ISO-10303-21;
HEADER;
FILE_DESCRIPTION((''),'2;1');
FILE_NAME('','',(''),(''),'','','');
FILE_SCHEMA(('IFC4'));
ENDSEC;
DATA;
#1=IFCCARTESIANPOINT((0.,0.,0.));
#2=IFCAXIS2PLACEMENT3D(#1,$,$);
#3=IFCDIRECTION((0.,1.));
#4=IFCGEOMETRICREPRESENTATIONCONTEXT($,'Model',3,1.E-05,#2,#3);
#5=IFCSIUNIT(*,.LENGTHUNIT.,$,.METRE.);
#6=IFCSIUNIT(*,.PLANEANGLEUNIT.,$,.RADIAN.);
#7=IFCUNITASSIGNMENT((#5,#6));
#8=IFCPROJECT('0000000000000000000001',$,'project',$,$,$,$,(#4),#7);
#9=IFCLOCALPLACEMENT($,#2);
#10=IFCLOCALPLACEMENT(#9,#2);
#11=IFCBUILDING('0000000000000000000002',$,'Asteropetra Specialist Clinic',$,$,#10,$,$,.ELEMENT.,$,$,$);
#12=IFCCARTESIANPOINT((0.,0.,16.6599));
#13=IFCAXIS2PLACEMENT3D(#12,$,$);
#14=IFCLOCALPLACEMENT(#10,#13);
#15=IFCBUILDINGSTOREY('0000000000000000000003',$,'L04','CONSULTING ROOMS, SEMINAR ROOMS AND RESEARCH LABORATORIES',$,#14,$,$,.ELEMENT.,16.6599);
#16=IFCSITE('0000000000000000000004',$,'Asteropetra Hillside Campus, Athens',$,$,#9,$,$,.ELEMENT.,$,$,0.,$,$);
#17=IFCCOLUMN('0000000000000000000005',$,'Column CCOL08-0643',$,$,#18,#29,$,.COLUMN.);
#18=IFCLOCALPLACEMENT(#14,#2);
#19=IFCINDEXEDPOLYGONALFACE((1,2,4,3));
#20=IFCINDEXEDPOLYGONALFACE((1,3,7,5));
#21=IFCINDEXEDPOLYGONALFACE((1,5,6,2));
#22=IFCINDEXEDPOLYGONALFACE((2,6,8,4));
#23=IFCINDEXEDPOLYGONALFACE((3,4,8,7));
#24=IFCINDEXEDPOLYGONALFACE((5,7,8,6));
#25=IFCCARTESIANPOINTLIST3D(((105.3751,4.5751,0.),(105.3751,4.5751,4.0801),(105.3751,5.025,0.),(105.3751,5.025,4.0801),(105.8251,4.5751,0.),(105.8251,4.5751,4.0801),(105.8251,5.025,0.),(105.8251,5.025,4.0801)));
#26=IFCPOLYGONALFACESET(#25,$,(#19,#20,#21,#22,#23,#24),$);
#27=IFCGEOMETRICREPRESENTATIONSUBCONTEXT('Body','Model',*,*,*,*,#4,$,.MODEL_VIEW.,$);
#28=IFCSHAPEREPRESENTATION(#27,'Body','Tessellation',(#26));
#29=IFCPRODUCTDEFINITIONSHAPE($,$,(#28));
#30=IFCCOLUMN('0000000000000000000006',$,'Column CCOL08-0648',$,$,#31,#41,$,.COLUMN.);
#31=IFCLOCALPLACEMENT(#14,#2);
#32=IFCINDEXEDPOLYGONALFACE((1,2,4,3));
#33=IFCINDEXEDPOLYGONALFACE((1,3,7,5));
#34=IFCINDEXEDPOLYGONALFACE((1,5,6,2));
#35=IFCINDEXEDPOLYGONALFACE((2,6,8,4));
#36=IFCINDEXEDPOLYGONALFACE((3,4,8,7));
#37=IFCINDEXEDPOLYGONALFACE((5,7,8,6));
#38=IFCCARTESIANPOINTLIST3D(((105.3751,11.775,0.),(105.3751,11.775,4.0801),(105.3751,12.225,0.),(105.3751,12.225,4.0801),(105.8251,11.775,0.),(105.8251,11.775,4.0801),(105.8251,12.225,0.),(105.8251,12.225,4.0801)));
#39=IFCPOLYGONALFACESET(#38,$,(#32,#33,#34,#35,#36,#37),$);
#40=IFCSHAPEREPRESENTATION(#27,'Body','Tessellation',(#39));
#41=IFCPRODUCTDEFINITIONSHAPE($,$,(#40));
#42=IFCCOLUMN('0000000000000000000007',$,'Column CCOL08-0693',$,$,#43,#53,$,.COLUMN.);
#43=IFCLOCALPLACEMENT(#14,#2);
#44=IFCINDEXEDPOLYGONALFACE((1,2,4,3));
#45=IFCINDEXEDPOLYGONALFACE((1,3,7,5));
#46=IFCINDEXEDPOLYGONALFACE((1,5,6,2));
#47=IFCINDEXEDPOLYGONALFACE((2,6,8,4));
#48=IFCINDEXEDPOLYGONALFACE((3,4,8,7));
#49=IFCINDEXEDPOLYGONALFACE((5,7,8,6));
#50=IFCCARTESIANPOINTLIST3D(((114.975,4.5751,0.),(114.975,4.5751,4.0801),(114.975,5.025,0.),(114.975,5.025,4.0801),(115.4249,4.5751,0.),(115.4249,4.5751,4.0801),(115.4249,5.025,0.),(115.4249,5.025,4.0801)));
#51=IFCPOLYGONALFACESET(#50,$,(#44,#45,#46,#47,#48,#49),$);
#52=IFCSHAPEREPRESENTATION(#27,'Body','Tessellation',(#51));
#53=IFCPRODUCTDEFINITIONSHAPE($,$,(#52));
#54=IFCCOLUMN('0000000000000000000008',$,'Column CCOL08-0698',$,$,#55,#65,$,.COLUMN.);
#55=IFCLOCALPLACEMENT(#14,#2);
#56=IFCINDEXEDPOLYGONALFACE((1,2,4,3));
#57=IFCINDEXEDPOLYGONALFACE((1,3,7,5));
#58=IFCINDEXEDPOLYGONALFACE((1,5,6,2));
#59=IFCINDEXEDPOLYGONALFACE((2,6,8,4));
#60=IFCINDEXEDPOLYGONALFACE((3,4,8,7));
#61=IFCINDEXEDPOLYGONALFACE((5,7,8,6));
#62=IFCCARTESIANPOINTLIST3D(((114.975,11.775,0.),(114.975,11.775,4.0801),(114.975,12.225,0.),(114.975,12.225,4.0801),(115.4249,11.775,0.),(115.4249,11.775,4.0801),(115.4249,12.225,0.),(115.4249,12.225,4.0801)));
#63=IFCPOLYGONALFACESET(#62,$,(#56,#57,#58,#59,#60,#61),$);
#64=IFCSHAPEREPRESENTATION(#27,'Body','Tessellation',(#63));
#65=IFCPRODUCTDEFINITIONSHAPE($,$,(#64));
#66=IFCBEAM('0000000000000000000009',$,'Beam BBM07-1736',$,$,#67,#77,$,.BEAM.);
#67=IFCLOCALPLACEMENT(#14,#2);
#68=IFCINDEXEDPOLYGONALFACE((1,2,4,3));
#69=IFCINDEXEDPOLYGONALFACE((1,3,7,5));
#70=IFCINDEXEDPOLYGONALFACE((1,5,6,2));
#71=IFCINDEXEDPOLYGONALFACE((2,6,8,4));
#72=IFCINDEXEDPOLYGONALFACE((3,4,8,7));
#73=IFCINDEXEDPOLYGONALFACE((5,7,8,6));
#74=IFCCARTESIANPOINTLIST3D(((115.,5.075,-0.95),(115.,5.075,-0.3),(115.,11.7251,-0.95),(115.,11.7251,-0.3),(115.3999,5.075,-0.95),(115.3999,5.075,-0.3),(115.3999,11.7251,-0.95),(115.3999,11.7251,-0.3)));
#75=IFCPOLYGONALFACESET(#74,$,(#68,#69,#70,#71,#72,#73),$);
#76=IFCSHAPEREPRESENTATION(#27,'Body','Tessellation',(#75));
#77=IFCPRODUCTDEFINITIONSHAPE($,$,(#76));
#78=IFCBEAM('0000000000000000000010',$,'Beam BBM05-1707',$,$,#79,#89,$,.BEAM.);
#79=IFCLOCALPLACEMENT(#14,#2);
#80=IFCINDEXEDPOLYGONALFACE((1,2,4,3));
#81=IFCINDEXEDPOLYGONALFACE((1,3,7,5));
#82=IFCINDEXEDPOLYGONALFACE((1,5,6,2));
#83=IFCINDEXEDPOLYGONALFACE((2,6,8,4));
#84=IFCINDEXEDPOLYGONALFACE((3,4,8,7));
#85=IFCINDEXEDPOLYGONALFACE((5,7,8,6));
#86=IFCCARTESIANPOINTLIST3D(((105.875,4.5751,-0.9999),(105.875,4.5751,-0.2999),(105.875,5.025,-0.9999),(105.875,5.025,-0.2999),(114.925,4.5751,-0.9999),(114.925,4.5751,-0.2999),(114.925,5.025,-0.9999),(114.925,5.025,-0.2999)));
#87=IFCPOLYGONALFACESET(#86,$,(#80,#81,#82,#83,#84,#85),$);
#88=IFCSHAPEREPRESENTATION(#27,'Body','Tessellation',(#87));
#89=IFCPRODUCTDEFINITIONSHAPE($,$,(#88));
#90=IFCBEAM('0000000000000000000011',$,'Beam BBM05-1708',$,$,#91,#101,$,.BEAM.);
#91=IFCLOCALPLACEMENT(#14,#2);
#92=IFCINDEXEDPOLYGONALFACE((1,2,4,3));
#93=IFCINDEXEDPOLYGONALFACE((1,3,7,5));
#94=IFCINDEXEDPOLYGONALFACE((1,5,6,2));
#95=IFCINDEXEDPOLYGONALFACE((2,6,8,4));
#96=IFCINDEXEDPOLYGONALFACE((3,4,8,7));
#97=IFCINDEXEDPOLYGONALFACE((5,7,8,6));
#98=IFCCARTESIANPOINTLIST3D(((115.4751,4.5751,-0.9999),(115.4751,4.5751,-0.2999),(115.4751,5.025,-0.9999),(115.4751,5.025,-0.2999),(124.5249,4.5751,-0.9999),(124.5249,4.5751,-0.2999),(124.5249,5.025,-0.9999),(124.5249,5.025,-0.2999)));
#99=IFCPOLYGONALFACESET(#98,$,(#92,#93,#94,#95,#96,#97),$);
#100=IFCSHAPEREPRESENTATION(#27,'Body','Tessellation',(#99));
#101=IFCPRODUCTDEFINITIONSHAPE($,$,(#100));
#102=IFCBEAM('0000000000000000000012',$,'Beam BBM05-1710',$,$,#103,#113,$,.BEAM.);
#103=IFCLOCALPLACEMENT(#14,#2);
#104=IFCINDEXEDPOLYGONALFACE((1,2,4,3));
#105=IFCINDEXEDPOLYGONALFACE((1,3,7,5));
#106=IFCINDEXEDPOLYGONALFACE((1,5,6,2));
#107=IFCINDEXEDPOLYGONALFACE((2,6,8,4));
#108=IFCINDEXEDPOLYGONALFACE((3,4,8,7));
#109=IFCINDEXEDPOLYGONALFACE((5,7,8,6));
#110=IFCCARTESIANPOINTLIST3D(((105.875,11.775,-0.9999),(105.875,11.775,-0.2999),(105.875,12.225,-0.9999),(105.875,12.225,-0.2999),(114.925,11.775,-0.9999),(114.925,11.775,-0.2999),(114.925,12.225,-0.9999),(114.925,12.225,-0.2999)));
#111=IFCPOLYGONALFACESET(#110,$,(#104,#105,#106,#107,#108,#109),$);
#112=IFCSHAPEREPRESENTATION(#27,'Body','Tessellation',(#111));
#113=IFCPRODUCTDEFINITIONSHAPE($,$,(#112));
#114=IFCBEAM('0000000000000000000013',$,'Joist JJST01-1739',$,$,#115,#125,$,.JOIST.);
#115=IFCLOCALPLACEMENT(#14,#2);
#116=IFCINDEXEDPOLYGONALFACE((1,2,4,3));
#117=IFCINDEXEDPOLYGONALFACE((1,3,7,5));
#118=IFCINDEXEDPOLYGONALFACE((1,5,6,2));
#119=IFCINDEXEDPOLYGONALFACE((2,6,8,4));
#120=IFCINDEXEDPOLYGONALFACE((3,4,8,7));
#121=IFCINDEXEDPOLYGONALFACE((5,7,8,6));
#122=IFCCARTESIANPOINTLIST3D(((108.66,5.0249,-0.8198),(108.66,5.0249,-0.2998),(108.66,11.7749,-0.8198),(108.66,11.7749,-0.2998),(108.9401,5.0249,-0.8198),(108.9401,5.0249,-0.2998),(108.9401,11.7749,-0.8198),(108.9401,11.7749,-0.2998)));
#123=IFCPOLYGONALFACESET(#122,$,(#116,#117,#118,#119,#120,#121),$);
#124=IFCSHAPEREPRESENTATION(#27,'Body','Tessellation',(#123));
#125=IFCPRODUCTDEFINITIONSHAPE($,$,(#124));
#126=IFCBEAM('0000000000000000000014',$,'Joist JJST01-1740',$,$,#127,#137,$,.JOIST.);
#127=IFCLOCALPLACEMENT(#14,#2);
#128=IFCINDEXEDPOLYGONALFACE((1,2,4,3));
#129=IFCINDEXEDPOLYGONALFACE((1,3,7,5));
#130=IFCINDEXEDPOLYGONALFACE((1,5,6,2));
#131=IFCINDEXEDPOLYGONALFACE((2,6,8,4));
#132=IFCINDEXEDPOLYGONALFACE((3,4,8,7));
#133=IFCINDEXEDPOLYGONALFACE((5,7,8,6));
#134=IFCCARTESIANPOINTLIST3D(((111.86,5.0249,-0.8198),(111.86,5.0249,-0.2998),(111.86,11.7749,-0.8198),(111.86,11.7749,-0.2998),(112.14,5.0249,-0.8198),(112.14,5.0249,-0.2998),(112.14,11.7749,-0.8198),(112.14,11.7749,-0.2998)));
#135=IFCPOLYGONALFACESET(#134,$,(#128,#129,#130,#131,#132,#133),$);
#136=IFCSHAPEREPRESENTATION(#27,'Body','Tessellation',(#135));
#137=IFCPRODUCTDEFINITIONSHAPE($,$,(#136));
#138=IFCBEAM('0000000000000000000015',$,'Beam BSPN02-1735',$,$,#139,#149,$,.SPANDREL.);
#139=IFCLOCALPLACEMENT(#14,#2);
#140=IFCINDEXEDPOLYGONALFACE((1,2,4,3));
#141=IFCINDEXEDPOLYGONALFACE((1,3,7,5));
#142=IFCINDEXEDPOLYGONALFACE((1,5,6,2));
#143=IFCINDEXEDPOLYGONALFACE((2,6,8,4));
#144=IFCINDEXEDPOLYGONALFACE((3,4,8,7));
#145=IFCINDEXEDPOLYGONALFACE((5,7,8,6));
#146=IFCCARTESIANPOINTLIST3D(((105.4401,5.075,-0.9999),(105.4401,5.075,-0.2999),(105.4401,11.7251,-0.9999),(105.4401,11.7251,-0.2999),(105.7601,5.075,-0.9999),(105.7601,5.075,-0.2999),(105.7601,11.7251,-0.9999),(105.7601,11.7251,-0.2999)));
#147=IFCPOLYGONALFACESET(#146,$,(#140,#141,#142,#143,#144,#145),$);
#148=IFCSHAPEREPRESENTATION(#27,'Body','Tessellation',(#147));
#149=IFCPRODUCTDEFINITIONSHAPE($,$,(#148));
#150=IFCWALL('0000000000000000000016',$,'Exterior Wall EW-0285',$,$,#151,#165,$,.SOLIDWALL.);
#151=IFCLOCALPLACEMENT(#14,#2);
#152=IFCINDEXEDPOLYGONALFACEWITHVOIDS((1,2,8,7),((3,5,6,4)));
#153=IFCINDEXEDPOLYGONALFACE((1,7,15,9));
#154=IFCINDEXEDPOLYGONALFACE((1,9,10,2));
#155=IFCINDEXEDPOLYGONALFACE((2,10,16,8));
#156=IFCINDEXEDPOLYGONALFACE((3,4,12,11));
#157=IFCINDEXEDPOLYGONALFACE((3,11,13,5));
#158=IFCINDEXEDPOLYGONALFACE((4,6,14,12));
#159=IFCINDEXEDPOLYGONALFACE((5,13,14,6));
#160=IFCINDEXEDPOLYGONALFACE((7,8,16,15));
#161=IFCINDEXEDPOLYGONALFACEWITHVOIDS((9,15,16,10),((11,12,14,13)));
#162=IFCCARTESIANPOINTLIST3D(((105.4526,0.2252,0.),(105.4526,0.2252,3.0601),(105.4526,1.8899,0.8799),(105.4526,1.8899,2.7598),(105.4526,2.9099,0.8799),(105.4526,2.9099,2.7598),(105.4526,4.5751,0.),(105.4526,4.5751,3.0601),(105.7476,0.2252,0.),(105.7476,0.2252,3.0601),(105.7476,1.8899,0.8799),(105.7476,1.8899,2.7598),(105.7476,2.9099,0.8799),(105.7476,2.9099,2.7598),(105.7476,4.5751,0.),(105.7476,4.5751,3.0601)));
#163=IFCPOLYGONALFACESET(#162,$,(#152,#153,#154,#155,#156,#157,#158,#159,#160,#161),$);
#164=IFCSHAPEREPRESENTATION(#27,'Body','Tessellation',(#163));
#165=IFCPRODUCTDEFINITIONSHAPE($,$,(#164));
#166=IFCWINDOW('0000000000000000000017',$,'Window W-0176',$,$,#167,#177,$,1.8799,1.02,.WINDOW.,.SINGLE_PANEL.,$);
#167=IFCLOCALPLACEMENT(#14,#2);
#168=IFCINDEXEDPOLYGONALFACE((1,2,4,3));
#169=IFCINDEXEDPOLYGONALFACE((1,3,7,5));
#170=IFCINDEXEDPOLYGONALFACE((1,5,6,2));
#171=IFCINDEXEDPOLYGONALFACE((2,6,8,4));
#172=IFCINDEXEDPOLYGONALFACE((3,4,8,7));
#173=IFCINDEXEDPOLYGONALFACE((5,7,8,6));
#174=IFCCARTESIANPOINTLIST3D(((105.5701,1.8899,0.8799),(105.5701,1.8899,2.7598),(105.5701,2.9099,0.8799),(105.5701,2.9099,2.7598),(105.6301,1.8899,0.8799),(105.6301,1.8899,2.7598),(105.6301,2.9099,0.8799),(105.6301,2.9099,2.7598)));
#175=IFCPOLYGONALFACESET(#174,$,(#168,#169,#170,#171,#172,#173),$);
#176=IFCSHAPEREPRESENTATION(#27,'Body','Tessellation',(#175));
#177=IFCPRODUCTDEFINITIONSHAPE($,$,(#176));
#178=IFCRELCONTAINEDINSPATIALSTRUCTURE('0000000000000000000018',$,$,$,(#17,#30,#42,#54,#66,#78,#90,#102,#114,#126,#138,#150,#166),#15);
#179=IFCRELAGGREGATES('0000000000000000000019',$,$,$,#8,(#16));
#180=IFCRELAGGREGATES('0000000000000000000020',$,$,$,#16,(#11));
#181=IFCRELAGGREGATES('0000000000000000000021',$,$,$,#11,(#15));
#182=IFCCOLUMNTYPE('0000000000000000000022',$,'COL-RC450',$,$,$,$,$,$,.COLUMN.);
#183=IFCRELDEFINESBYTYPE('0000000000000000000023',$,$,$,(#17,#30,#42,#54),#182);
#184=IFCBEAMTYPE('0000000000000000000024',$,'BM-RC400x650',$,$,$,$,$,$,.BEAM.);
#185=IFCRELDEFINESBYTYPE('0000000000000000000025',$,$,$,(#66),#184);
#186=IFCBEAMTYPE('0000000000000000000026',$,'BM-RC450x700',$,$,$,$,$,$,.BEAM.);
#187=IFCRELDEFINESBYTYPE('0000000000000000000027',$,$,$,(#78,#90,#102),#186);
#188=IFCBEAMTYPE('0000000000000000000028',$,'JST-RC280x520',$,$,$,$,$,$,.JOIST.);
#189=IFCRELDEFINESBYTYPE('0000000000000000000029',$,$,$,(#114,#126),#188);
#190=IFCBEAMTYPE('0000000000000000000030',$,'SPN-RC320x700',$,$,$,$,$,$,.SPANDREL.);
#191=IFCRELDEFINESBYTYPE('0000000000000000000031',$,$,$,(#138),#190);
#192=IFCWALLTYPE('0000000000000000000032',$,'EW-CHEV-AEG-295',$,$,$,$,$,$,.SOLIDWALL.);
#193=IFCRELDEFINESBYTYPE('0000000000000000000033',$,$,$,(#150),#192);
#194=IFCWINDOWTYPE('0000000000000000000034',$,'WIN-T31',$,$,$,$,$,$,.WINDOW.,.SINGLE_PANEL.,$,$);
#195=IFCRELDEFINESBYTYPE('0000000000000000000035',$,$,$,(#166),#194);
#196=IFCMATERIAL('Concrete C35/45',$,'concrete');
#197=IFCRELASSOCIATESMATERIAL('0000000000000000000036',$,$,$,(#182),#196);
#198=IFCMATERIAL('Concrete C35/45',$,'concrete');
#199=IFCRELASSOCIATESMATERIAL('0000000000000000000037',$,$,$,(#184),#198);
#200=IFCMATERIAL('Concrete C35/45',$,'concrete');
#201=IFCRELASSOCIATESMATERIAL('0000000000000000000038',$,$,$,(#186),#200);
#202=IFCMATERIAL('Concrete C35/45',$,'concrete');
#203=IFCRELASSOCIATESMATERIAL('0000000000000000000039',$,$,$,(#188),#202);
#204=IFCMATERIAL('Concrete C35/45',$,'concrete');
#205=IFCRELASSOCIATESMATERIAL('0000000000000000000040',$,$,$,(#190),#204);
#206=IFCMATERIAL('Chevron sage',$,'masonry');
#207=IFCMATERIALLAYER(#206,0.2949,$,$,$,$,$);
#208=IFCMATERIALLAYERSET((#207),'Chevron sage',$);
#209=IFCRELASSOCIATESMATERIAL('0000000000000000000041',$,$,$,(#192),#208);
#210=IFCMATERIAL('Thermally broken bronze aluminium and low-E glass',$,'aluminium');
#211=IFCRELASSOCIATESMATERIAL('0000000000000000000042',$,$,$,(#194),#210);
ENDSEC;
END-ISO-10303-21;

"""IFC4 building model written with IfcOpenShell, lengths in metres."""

from ifc_helpers import new_model, si_unit, direction, frame, frame_2d, origin, origin_2d, place, context, subcontext, project, spatial, rectangle, extrude, material, layer, layer_set, material_profile, profile_set, type_object, element, fill, save


model = new_model("IFC4")

# Units and contexts
model_context = context("Model", 3, precision=1e-05, world=origin(), true_north=direction((0.0, 1.0)))
body_context = subcontext(model_context, "Body", "Model", "MODEL_VIEW")
ifc_project = project(units=[si_unit("LENGTHUNIT", "METRE"), si_unit("PLANEANGLEUNIT", "RADIAN")], contexts=[model_context])

# Site, building, storey
site_placement = place(None, origin())
site = spatial("IfcSite", under=ifc_project, at=site_placement, Name="Asteropetra Hillside Campus, Athens", CompositionType="ELEMENT", RefElevation=0.0)
building_placement = place(site_placement, origin())
building = spatial("IfcBuilding", under=site, at=building_placement, Name="Asteropetra Specialist Clinic", CompositionType="ELEMENT")
storey_placement = place(building_placement, frame((0.0, 0.0, 16.6599)))
storey = spatial("IfcBuildingStorey", under=building, at=storey_placement, Name="L04", Description="CONSULTING ROOMS, SEMINAR ROOMS AND RESEARCH LABORATORIES", CompositionType="ELEMENT", Elevation=16.6599)

# Columns
ifc_material_1 = material(Name="Concrete C35/45", Category="concrete")
ifc_material_profile_1 = material_profile(ifc_material_1, rectangle(XDim=0.45, YDim=0.45, at=origin_2d()), Name="RC 450x450")
ifc_profile_set_1 = profile_set([ifc_material_profile_1], Name="Concrete C35/45")
column_type = type_object("IfcColumnType", Name="COL-RC450", PredefinedType="COLUMN", material=ifc_profile_set_1)
for number, where, z_axis, x_axis, name in (
    (1, (105.6001, 4.8, 0.0), (0.0, 0.0, 1.0), (1.0, 0.0, 0.0), "Column CCOL08-0643"),
    (2, (105.6001, 12.0, 0.0), (0.0, 0.0, 1.0), (1.0, 0.0, 0.0), "Column CCOL08-0648"),
    (3, (115.2, 4.8, 0.0), (0.0, 0.0, 1.0), (1.0, 0.0, 0.0), "Column CCOL08-0693"),
    (4, (115.2, 12.0, 0.0), (0.0, 0.0, 1.0), (1.0, 0.0, 0.0), "Column CCOL08-0698"),
):
    element("IfcColumn", number, at=place(storey_placement, frame(where, z_axis=z_axis, x_axis=x_axis)), inside=storey, type_object=column_type, Name=name, PredefinedType="COLUMN", context=body_context, shape_type="SweptSolid", body=[
        extrude(rectangle(XDim=0.45, YDim=0.45, at=origin_2d()), origin(), (0.0, 0.0, 1.0), 4.0801),
    ])

# Beams
ifc_material_2 = material(Name="Concrete C35/45", Category="concrete")
ifc_material_profile_2 = material_profile(ifc_material_2, rectangle(XDim=0.3999, YDim=0.6499, at=origin_2d()), Name="RCB 400x650")
ifc_profile_set_2 = profile_set([ifc_material_profile_2], Name="Concrete C35/45")
beam_type_1 = type_object("IfcBeamType", Name="BM-RC400x650", PredefinedType="BEAM", material=ifc_profile_set_2)
beam_1_placement = place(storey_placement, frame((115.2, 5.075, -0.625), z_axis=(0.0, 1.0, 0.0), x_axis=(-1.0, 0.0, 0.0)))
element("IfcBeam", 5, at=beam_1_placement, inside=storey, type_object=beam_type_1, Name="Beam BBM07-1736", PredefinedType="BEAM", context=body_context, shape_type="SweptSolid", body=[
    extrude(rectangle(XDim=0.3999, YDim=0.6499, at=origin_2d()), origin(), (0.0, 0.0, 1.0), 6.6501),
])
ifc_material_3 = material(Name="Concrete C35/45", Category="concrete")
ifc_material_profile_3 = material_profile(ifc_material_3, rectangle(XDim=0.45, YDim=0.7, at=origin_2d()), Name="RCB 450x700")
ifc_profile_set_3 = profile_set([ifc_material_profile_3], Name="Concrete C35/45")
beam_type_2 = type_object("IfcBeamType", Name="BM-RC450x700", PredefinedType="BEAM", material=ifc_profile_set_3)
beam_2_placement = place(storey_placement, frame((105.875, 4.8, -0.6499), z_axis=(1.0, 0.0, 0.0), x_axis=(0.0, 1.0, 0.0)))
element("IfcBeam", 6, at=beam_2_placement, inside=storey, type_object=beam_type_2, Name="Beam BBM05-1707", PredefinedType="BEAM", context=body_context, shape_type="SweptSolid", body=[
    extrude(rectangle(XDim=0.45, YDim=0.7, at=origin_2d()), origin(), (0.0, 0.0, 1.0), 9.05),
])
beam_3_placement = place(storey_placement, frame((115.4751, 4.8, -0.6499), z_axis=(1.0, 0.0, 0.0), x_axis=(0.0, 1.0, 0.0)))
element("IfcBeam", 7, at=beam_3_placement, inside=storey, type_object=beam_type_2, Name="Beam BBM05-1708", PredefinedType="BEAM", context=body_context, shape_type="SweptSolid", body=[
    extrude(rectangle(XDim=0.45, YDim=0.7, at=origin_2d()), origin(), (0.0, 0.0, 1.0), 9.0498),
])
beam_4_placement = place(storey_placement, frame((105.875, 12.0, -0.6499), z_axis=(1.0, 0.0, 0.0), x_axis=(0.0, 1.0, 0.0)))
element("IfcBeam", 8, at=beam_4_placement, inside=storey, type_object=beam_type_2, Name="Beam BBM05-1710", PredefinedType="BEAM", context=body_context, shape_type="SweptSolid", body=[
    extrude(rectangle(XDim=0.45, YDim=0.7, at=origin_2d()), origin(), (0.0, 0.0, 1.0), 9.05),
])
ifc_material_4 = material(Name="Concrete C35/45", Category="concrete")
ifc_material_profile_4 = material_profile(ifc_material_4, rectangle(XDim=0.28, YDim=0.52, at=origin_2d()), Name="RCJ 280x520")
ifc_profile_set_4 = profile_set([ifc_material_profile_4], Name="Concrete C35/45")
beam_type_3 = type_object("IfcBeamType", Name="JST-RC280x520", PredefinedType="JOIST", material=ifc_profile_set_4)
for number, where, z_axis, x_axis, name in (
    (9, (108.8, 5.0249, -0.5598), (0.0, 1.0, 0.0), (-1.0, 0.0, 0.0), "Joist JJST01-1739"),
    (10, (112.0, 5.0249, -0.5598), (0.0, 1.0, 0.0), (-1.0, 0.0, 0.0), "Joist JJST01-1740"),
):
    element("IfcBeam", number, at=place(storey_placement, frame(where, z_axis=z_axis, x_axis=x_axis)), inside=storey, type_object=beam_type_3, Name=name, PredefinedType="JOIST", context=body_context, shape_type="SweptSolid", body=[
        extrude(rectangle(XDim=0.28, YDim=0.52, at=origin_2d()), origin(), (0.0, 0.0, 1.0), 6.75),
    ])
ifc_material_5 = material(Name="Concrete C35/45", Category="concrete")
ifc_material_profile_5 = material_profile(ifc_material_5, rectangle(XDim=0.3201, YDim=0.7, at=origin_2d()), Name="RCS 320x700")
ifc_profile_set_5 = profile_set([ifc_material_profile_5], Name="Concrete C35/45")
beam_type_4 = type_object("IfcBeamType", Name="SPN-RC320x700", PredefinedType="SPANDREL", material=ifc_profile_set_5)
beam_5_placement = place(storey_placement, frame((105.6001, 5.075, -0.6499), z_axis=(0.0, 1.0, 0.0), x_axis=(-1.0, 0.0, 0.0)))
element("IfcBeam", 11, at=beam_5_placement, inside=storey, type_object=beam_type_4, Name="Beam BSPN02-1735", PredefinedType="SPANDREL", context=body_context, shape_type="SweptSolid", body=[
    extrude(rectangle(XDim=0.3201, YDim=0.7, at=origin_2d()), origin(), (0.0, 0.0, 1.0), 6.6501),
])

# Wall, opening, window
ifc_material_6 = material(Name="Chevron sage", Category="masonry")
ifc_layer = layer(ifc_material_6, 0.2949)
ifc_layer_set = layer_set([ifc_layer], Name="Chevron sage")
wall_type = type_object("IfcWallType", Name="EW-CHEV-AEG-295", PredefinedType="SOLIDWALL", material=ifc_layer_set)
wall_1_placement = place(storey_placement, frame((105.6001, 4.575, 0.0), z_axis=(0.0, 0.0, 1.0), x_axis=(0.0, -1.0, 0.0)))
wall_1 = element("IfcWall", 12, at=wall_1_placement, inside=storey, type_object=wall_type, Name="Exterior Wall EW-0285", PredefinedType="SOLIDWALL", context=body_context, shape_type="SweptSolid", body=[
    extrude(rectangle(XDim=4.3499, YDim=0.2949, at=frame_2d((2.1748, 0.0))), origin(), (0.0, 0.0, 1.0), 3.0601),
])
opening_1_placement = place(wall_1_placement, frame((1.665, 0.0, 0.8799)))
opening_1 = element("IfcOpeningElement", 13, at=opening_1_placement, cuts=wall_1, PredefinedType="OPENING", context=body_context, shape_type="SweptSolid", body=[
    extrude(rectangle(XDim=1.02, YDim=1.8799, at=frame_2d((0.51, 0.9399))), frame((0.0, 0.1575, 0.0), z_axis=(0.0, -1.0, 0.0), x_axis=(1.0, 0.0, 0.0)), (0.0, 0.0, 1.0), 0.3149),
])
ifc_material_7 = material(Name="Thermally broken bronze aluminium and low-E glass", Category="aluminium")
window_type = type_object("IfcWindowType", Name="WIN-T31", PartitioningType="SINGLE_PANEL", PredefinedType="WINDOW", material=ifc_material_7)
window_1_placement = place(opening_1_placement, origin())
window_1 = element("IfcWindow", 14, at=window_1_placement, inside=storey, type_object=window_type, Name="Window W-0176", OverallHeight=1.8799, OverallWidth=1.02, PartitioningType="SINGLE_PANEL", PredefinedType="WINDOW", context=body_context, shape_type="SweptSolid", body=[
    extrude(rectangle(XDim=1.02, YDim=1.8799, at=frame_2d((0.51, 0.9399))), frame((0.0, 0.03, 0.0), z_axis=(0.0, -1.0, 0.0), x_axis=(1.0, 0.0, 0.0)), (0.0, 0.0, 1.0), 0.0601),
])
fill(opening_1, window_1)

save(model, "model.ifc")
